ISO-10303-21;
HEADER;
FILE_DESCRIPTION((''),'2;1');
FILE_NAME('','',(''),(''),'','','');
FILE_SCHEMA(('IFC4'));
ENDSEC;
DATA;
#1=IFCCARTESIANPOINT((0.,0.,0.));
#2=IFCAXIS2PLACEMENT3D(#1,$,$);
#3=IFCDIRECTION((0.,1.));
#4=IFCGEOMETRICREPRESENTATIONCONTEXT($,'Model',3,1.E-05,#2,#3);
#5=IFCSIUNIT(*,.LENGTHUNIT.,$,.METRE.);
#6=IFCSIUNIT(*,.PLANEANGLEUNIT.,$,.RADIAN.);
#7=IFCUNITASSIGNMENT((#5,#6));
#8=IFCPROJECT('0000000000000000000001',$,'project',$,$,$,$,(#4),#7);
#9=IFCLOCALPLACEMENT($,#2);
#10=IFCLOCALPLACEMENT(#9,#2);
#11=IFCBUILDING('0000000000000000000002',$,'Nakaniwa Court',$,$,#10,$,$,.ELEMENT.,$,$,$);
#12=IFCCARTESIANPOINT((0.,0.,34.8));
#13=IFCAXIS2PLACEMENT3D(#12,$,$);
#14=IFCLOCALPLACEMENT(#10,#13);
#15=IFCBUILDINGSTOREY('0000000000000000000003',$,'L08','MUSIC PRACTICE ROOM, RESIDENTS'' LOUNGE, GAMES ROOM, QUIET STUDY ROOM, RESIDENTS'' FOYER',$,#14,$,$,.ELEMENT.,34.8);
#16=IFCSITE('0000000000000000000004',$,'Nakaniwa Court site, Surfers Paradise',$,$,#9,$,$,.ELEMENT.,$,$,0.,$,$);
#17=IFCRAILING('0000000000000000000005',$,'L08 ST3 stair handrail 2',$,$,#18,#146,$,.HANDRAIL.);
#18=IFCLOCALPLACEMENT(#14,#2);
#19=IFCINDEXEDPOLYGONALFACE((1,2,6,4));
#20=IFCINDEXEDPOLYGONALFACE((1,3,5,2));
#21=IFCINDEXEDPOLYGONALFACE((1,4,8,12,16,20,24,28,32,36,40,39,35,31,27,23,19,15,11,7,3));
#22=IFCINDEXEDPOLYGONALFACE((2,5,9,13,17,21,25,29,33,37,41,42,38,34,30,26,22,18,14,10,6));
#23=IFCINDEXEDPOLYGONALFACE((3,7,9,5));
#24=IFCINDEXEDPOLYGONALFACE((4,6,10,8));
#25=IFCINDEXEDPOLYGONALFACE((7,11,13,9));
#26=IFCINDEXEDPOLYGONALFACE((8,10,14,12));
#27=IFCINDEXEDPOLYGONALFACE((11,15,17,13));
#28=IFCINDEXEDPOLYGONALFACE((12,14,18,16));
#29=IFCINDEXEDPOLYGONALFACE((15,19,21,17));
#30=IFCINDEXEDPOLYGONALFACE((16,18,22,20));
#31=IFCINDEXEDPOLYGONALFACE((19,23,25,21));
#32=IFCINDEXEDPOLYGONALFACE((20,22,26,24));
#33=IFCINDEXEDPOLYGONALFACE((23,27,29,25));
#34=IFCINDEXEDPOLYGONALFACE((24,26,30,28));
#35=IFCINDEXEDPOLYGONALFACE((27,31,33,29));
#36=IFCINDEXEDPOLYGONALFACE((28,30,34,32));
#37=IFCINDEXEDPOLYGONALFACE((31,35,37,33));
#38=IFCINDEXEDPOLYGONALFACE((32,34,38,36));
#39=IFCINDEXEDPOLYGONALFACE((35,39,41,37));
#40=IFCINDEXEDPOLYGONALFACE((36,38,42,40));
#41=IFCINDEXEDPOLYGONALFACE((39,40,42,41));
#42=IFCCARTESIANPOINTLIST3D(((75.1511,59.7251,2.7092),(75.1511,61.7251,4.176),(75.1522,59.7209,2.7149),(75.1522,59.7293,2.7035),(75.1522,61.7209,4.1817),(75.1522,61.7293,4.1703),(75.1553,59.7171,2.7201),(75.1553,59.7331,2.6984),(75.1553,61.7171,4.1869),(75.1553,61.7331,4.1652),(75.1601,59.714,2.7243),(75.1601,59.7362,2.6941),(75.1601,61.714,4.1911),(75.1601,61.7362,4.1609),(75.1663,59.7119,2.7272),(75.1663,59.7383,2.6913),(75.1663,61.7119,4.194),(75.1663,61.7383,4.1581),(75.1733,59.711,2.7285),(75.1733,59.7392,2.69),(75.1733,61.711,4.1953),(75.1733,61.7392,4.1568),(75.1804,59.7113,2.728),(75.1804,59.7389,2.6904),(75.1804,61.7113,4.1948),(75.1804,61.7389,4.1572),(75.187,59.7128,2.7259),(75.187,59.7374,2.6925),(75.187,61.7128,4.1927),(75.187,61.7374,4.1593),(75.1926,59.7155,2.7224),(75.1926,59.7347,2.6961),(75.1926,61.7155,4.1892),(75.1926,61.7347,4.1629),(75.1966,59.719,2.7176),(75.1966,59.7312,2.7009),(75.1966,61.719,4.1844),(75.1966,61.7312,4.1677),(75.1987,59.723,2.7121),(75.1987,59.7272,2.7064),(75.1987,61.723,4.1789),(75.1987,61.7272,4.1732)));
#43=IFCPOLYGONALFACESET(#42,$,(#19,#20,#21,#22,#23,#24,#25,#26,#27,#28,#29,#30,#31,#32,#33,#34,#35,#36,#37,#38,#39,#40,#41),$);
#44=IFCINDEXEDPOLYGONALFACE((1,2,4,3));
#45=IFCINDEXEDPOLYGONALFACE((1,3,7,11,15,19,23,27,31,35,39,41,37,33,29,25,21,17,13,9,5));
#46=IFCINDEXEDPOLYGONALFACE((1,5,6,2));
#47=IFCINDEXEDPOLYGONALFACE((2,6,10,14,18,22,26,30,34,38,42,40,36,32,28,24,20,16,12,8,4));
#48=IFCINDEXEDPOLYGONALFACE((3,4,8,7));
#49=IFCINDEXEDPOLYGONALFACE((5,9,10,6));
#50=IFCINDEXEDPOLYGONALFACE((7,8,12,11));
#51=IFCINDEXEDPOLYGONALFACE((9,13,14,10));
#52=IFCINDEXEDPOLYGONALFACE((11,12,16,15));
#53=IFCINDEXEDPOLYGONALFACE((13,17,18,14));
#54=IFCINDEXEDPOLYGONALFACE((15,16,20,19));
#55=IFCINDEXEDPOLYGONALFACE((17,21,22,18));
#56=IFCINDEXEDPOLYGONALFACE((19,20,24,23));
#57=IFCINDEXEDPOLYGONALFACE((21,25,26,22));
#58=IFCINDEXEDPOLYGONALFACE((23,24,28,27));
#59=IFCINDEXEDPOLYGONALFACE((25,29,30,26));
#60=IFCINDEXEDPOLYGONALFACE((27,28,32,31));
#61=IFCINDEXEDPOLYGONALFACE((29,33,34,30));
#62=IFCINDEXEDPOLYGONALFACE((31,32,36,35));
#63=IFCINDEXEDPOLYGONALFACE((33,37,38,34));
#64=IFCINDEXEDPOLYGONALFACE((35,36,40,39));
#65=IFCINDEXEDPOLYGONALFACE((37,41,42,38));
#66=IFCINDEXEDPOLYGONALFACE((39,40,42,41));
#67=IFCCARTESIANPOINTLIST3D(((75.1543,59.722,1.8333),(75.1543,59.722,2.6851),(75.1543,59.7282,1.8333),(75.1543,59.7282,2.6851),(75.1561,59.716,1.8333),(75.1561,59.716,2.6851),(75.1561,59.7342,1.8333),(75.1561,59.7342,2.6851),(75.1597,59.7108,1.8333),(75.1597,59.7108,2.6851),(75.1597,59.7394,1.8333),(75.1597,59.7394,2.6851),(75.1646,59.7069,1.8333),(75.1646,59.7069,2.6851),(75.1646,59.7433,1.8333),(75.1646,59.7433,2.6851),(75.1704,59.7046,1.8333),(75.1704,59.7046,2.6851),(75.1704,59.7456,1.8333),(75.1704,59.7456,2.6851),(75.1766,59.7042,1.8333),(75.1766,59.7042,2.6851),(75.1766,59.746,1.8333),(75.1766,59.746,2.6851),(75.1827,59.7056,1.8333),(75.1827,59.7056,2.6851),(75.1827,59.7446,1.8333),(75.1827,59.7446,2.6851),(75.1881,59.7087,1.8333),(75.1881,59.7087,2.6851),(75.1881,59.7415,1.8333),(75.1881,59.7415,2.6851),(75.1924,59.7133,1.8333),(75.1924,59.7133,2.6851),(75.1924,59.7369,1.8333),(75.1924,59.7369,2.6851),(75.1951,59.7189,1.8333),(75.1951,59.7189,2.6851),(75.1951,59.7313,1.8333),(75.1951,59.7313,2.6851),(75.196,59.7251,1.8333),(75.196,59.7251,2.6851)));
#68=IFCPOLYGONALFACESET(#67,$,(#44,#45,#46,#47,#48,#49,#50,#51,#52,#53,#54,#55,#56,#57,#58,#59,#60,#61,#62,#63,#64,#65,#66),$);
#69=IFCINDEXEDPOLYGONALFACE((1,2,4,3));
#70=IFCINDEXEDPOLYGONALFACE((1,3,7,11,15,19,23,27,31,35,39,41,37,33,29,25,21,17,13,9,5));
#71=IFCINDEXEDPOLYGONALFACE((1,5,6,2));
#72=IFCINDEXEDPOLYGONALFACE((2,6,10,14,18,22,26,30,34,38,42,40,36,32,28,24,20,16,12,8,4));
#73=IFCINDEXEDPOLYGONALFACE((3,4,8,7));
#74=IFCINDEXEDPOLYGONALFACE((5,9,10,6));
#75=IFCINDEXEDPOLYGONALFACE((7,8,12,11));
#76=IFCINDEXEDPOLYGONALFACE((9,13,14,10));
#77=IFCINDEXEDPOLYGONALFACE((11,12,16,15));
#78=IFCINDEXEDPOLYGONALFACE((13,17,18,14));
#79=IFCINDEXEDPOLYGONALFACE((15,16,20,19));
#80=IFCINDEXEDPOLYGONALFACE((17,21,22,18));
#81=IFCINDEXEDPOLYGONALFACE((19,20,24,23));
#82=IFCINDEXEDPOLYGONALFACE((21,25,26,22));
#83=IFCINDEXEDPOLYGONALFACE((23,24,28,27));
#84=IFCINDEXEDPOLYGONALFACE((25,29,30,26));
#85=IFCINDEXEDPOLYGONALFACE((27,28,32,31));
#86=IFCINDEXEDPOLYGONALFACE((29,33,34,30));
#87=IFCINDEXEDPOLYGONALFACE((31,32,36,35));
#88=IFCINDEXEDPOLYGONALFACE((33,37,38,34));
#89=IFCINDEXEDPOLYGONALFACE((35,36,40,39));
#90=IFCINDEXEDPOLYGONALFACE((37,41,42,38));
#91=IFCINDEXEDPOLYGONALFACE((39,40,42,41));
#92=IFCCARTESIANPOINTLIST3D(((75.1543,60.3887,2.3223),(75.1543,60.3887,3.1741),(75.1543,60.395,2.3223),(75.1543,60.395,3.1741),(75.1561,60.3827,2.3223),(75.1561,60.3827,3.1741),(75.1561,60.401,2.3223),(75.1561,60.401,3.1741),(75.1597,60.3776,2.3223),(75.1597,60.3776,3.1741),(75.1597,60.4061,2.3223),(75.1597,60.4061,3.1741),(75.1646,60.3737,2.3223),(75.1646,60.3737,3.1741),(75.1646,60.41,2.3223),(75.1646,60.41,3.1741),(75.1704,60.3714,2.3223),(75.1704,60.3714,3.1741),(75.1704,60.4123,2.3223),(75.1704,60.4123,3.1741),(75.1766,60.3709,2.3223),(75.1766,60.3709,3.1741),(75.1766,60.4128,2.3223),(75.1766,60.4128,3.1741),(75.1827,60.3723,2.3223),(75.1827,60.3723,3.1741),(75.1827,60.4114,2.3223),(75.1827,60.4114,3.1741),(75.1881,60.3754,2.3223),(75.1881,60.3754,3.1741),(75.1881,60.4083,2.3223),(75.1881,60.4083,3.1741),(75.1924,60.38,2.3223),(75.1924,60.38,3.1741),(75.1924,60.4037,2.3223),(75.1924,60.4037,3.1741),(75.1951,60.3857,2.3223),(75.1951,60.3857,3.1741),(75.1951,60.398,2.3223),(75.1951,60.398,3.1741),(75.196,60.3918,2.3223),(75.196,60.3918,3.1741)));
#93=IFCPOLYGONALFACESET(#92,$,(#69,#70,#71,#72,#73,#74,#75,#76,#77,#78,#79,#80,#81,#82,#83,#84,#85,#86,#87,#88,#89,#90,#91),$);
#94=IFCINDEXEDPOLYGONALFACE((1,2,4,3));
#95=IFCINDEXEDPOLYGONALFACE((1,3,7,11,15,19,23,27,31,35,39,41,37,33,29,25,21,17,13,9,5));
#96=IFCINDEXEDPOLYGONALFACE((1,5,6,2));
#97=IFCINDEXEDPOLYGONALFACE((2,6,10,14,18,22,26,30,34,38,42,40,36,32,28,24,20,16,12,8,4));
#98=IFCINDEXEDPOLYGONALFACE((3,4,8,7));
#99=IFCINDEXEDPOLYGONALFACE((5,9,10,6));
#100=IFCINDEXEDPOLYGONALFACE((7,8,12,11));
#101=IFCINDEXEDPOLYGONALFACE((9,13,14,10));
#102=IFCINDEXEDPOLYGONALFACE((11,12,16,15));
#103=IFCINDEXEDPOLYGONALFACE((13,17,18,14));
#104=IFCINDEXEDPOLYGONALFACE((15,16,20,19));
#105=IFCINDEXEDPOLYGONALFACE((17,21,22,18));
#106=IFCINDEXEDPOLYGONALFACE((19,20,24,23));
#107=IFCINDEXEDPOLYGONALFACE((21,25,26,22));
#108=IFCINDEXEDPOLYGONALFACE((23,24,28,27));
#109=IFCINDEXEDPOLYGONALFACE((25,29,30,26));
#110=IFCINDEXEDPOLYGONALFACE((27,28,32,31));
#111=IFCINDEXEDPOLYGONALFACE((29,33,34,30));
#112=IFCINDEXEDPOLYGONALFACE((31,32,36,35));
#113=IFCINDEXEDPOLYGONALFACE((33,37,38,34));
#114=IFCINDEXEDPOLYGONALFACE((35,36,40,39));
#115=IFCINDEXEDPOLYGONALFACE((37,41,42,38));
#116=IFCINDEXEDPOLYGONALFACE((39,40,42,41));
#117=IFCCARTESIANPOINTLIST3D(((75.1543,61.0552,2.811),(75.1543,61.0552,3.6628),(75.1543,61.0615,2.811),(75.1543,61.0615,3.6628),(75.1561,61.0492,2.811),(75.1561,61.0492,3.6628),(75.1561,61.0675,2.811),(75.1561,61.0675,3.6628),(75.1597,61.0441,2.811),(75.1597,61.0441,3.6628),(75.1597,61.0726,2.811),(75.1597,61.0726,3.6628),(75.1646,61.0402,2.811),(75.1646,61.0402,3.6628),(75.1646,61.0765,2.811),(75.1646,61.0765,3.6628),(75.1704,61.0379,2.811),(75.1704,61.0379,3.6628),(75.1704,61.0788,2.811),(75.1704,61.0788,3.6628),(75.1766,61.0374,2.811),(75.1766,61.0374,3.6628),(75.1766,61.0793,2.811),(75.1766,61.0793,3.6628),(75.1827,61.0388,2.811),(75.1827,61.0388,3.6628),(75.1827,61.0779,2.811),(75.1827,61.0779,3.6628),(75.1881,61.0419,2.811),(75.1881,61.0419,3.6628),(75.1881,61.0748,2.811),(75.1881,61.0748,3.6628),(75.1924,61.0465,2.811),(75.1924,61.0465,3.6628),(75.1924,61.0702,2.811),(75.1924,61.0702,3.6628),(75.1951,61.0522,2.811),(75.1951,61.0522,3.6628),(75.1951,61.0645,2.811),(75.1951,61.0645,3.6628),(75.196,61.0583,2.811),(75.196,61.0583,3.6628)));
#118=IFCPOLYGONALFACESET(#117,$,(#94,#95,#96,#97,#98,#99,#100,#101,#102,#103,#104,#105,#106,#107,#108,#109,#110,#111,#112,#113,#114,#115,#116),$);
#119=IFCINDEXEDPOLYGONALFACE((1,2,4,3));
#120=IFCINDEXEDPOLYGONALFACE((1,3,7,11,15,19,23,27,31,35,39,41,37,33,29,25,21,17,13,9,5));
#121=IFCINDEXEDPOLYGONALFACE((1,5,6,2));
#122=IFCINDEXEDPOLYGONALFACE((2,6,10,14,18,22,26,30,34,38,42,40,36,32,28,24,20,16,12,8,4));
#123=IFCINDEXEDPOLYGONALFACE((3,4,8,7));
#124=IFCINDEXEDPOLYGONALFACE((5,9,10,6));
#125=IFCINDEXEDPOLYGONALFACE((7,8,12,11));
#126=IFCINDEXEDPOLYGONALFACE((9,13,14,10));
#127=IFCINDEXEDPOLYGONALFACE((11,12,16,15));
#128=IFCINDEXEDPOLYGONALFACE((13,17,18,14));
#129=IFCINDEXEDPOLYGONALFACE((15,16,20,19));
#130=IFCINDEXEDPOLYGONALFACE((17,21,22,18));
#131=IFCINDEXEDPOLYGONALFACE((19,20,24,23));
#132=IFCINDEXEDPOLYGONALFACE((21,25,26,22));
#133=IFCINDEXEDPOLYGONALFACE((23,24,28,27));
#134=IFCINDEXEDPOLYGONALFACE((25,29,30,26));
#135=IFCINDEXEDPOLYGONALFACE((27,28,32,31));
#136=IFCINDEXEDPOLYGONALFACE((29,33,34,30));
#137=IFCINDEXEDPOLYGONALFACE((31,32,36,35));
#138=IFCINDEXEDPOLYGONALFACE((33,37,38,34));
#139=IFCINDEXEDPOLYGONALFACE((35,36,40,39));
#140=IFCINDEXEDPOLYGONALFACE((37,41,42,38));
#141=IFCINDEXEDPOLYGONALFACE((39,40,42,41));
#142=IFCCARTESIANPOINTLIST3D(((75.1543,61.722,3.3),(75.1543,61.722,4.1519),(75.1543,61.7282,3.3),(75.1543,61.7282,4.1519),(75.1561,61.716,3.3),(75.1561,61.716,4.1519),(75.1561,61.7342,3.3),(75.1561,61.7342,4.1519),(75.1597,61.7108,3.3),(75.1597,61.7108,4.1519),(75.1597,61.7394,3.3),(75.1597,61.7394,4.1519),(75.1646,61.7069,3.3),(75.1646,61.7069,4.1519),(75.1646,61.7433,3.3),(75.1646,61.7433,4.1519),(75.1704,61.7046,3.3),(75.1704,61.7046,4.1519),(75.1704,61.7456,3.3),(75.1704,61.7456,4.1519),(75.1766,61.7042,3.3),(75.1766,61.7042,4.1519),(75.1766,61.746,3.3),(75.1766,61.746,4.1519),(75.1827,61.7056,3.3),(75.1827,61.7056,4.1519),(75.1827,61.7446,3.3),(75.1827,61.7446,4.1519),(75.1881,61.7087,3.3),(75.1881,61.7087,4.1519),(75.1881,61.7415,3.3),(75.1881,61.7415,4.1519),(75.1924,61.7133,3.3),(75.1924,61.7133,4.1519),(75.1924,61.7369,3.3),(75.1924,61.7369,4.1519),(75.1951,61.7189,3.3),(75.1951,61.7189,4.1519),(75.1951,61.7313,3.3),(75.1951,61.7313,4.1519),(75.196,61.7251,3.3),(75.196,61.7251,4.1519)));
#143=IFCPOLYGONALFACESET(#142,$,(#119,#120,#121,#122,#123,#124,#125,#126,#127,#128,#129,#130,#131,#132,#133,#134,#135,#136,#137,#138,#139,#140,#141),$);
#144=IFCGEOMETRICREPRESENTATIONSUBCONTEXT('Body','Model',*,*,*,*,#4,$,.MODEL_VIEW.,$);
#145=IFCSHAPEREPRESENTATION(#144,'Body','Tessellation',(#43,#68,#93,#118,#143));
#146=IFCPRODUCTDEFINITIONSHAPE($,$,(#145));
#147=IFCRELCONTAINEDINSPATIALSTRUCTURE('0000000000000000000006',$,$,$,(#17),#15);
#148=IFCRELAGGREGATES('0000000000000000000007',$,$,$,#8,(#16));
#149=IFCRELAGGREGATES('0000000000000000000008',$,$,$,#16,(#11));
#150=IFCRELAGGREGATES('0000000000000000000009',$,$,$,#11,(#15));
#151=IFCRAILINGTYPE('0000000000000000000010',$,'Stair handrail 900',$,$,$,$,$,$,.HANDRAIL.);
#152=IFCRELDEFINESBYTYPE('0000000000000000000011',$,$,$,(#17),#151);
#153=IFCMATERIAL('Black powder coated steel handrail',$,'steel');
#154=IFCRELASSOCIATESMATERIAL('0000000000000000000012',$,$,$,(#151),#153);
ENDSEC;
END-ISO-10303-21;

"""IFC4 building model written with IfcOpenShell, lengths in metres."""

from ifc_helpers import new_model, si_unit, direction, frame, origin, origin_2d, place, context, subcontext, project, spatial, circle, extrude, material, type_object, element, save


model = new_model("IFC4")

# Units and contexts
model_context = context("Model", 3, precision=1e-05, world=origin(), true_north=direction((0.0, 1.0)))
body_context = subcontext(model_context, "Body", "Model", "MODEL_VIEW")
ifc_project = project(units=[si_unit("LENGTHUNIT", "METRE"), si_unit("PLANEANGLEUNIT", "RADIAN")], contexts=[model_context])

# Site, building, storey
site_placement = place(None, origin())
site = spatial("IfcSite", under=ifc_project, at=site_placement, Name="Nakaniwa Court site, Surfers Paradise", CompositionType="ELEMENT", RefElevation=0.0)
building_placement = place(site_placement, origin())
building = spatial("IfcBuilding", under=site, at=building_placement, Name="Nakaniwa Court", CompositionType="ELEMENT")
storey_placement = place(building_placement, frame((0.0, 0.0, 34.8)))
storey = spatial("IfcBuildingStorey", under=building, at=storey_placement, Name="L08", Description="MUSIC PRACTICE ROOM, RESIDENTS' LOUNGE, GAMES ROOM, QUIET STUDY ROOM, RESIDENTS' FOYER", CompositionType="ELEMENT", Elevation=34.8)

# Railing
ifc_material_1 = material(Name="Black powder coated steel handrail", Category="steel")
railing_type_1 = type_object("IfcRailingType", Name="Stair handrail 900", PredefinedType="HANDRAIL", material=ifc_material_1)
railing_1_placement = place(storey_placement, frame((75.175, 59.7251, 1.8333)))
element("IfcRailing", 1, at=railing_1_placement, inside=storey, type_object=railing_type_1, Name="L08 ST3 stair handrail 2", PredefinedType="HANDRAIL", context=body_context, shape_type="SweptSolid", body=[
    extrude(circle(Radius=0.0239, at=origin_2d()), frame((0.0, 0.0, 0.876), z_axis=(0.0, 0.80638, 0.591398), x_axis=(-1.0, 0.0, 0.0)), (0.0, 0.0, 1.0), 2.4802),
    extrude(circle(Radius=0.021, at=origin_2d()), origin(), (0.0, 0.0, 1.0), 0.8518),
    extrude(circle(Radius=0.021, at=origin_2d()), frame((0.0, 0.6667, 0.489)), (0.0, 0.0, 1.0), 0.8518),
    extrude(circle(Radius=0.021, at=origin_2d()), frame((0.0, 1.3333, 0.9778)), (0.0, 0.0, 1.0), 0.8518),
    extrude(circle(Radius=0.021, at=origin_2d()), frame((0.0, 2.0, 1.4668)), (0.0, 0.0, 1.0), 0.8518),
])

save(model, "model.ifc")
